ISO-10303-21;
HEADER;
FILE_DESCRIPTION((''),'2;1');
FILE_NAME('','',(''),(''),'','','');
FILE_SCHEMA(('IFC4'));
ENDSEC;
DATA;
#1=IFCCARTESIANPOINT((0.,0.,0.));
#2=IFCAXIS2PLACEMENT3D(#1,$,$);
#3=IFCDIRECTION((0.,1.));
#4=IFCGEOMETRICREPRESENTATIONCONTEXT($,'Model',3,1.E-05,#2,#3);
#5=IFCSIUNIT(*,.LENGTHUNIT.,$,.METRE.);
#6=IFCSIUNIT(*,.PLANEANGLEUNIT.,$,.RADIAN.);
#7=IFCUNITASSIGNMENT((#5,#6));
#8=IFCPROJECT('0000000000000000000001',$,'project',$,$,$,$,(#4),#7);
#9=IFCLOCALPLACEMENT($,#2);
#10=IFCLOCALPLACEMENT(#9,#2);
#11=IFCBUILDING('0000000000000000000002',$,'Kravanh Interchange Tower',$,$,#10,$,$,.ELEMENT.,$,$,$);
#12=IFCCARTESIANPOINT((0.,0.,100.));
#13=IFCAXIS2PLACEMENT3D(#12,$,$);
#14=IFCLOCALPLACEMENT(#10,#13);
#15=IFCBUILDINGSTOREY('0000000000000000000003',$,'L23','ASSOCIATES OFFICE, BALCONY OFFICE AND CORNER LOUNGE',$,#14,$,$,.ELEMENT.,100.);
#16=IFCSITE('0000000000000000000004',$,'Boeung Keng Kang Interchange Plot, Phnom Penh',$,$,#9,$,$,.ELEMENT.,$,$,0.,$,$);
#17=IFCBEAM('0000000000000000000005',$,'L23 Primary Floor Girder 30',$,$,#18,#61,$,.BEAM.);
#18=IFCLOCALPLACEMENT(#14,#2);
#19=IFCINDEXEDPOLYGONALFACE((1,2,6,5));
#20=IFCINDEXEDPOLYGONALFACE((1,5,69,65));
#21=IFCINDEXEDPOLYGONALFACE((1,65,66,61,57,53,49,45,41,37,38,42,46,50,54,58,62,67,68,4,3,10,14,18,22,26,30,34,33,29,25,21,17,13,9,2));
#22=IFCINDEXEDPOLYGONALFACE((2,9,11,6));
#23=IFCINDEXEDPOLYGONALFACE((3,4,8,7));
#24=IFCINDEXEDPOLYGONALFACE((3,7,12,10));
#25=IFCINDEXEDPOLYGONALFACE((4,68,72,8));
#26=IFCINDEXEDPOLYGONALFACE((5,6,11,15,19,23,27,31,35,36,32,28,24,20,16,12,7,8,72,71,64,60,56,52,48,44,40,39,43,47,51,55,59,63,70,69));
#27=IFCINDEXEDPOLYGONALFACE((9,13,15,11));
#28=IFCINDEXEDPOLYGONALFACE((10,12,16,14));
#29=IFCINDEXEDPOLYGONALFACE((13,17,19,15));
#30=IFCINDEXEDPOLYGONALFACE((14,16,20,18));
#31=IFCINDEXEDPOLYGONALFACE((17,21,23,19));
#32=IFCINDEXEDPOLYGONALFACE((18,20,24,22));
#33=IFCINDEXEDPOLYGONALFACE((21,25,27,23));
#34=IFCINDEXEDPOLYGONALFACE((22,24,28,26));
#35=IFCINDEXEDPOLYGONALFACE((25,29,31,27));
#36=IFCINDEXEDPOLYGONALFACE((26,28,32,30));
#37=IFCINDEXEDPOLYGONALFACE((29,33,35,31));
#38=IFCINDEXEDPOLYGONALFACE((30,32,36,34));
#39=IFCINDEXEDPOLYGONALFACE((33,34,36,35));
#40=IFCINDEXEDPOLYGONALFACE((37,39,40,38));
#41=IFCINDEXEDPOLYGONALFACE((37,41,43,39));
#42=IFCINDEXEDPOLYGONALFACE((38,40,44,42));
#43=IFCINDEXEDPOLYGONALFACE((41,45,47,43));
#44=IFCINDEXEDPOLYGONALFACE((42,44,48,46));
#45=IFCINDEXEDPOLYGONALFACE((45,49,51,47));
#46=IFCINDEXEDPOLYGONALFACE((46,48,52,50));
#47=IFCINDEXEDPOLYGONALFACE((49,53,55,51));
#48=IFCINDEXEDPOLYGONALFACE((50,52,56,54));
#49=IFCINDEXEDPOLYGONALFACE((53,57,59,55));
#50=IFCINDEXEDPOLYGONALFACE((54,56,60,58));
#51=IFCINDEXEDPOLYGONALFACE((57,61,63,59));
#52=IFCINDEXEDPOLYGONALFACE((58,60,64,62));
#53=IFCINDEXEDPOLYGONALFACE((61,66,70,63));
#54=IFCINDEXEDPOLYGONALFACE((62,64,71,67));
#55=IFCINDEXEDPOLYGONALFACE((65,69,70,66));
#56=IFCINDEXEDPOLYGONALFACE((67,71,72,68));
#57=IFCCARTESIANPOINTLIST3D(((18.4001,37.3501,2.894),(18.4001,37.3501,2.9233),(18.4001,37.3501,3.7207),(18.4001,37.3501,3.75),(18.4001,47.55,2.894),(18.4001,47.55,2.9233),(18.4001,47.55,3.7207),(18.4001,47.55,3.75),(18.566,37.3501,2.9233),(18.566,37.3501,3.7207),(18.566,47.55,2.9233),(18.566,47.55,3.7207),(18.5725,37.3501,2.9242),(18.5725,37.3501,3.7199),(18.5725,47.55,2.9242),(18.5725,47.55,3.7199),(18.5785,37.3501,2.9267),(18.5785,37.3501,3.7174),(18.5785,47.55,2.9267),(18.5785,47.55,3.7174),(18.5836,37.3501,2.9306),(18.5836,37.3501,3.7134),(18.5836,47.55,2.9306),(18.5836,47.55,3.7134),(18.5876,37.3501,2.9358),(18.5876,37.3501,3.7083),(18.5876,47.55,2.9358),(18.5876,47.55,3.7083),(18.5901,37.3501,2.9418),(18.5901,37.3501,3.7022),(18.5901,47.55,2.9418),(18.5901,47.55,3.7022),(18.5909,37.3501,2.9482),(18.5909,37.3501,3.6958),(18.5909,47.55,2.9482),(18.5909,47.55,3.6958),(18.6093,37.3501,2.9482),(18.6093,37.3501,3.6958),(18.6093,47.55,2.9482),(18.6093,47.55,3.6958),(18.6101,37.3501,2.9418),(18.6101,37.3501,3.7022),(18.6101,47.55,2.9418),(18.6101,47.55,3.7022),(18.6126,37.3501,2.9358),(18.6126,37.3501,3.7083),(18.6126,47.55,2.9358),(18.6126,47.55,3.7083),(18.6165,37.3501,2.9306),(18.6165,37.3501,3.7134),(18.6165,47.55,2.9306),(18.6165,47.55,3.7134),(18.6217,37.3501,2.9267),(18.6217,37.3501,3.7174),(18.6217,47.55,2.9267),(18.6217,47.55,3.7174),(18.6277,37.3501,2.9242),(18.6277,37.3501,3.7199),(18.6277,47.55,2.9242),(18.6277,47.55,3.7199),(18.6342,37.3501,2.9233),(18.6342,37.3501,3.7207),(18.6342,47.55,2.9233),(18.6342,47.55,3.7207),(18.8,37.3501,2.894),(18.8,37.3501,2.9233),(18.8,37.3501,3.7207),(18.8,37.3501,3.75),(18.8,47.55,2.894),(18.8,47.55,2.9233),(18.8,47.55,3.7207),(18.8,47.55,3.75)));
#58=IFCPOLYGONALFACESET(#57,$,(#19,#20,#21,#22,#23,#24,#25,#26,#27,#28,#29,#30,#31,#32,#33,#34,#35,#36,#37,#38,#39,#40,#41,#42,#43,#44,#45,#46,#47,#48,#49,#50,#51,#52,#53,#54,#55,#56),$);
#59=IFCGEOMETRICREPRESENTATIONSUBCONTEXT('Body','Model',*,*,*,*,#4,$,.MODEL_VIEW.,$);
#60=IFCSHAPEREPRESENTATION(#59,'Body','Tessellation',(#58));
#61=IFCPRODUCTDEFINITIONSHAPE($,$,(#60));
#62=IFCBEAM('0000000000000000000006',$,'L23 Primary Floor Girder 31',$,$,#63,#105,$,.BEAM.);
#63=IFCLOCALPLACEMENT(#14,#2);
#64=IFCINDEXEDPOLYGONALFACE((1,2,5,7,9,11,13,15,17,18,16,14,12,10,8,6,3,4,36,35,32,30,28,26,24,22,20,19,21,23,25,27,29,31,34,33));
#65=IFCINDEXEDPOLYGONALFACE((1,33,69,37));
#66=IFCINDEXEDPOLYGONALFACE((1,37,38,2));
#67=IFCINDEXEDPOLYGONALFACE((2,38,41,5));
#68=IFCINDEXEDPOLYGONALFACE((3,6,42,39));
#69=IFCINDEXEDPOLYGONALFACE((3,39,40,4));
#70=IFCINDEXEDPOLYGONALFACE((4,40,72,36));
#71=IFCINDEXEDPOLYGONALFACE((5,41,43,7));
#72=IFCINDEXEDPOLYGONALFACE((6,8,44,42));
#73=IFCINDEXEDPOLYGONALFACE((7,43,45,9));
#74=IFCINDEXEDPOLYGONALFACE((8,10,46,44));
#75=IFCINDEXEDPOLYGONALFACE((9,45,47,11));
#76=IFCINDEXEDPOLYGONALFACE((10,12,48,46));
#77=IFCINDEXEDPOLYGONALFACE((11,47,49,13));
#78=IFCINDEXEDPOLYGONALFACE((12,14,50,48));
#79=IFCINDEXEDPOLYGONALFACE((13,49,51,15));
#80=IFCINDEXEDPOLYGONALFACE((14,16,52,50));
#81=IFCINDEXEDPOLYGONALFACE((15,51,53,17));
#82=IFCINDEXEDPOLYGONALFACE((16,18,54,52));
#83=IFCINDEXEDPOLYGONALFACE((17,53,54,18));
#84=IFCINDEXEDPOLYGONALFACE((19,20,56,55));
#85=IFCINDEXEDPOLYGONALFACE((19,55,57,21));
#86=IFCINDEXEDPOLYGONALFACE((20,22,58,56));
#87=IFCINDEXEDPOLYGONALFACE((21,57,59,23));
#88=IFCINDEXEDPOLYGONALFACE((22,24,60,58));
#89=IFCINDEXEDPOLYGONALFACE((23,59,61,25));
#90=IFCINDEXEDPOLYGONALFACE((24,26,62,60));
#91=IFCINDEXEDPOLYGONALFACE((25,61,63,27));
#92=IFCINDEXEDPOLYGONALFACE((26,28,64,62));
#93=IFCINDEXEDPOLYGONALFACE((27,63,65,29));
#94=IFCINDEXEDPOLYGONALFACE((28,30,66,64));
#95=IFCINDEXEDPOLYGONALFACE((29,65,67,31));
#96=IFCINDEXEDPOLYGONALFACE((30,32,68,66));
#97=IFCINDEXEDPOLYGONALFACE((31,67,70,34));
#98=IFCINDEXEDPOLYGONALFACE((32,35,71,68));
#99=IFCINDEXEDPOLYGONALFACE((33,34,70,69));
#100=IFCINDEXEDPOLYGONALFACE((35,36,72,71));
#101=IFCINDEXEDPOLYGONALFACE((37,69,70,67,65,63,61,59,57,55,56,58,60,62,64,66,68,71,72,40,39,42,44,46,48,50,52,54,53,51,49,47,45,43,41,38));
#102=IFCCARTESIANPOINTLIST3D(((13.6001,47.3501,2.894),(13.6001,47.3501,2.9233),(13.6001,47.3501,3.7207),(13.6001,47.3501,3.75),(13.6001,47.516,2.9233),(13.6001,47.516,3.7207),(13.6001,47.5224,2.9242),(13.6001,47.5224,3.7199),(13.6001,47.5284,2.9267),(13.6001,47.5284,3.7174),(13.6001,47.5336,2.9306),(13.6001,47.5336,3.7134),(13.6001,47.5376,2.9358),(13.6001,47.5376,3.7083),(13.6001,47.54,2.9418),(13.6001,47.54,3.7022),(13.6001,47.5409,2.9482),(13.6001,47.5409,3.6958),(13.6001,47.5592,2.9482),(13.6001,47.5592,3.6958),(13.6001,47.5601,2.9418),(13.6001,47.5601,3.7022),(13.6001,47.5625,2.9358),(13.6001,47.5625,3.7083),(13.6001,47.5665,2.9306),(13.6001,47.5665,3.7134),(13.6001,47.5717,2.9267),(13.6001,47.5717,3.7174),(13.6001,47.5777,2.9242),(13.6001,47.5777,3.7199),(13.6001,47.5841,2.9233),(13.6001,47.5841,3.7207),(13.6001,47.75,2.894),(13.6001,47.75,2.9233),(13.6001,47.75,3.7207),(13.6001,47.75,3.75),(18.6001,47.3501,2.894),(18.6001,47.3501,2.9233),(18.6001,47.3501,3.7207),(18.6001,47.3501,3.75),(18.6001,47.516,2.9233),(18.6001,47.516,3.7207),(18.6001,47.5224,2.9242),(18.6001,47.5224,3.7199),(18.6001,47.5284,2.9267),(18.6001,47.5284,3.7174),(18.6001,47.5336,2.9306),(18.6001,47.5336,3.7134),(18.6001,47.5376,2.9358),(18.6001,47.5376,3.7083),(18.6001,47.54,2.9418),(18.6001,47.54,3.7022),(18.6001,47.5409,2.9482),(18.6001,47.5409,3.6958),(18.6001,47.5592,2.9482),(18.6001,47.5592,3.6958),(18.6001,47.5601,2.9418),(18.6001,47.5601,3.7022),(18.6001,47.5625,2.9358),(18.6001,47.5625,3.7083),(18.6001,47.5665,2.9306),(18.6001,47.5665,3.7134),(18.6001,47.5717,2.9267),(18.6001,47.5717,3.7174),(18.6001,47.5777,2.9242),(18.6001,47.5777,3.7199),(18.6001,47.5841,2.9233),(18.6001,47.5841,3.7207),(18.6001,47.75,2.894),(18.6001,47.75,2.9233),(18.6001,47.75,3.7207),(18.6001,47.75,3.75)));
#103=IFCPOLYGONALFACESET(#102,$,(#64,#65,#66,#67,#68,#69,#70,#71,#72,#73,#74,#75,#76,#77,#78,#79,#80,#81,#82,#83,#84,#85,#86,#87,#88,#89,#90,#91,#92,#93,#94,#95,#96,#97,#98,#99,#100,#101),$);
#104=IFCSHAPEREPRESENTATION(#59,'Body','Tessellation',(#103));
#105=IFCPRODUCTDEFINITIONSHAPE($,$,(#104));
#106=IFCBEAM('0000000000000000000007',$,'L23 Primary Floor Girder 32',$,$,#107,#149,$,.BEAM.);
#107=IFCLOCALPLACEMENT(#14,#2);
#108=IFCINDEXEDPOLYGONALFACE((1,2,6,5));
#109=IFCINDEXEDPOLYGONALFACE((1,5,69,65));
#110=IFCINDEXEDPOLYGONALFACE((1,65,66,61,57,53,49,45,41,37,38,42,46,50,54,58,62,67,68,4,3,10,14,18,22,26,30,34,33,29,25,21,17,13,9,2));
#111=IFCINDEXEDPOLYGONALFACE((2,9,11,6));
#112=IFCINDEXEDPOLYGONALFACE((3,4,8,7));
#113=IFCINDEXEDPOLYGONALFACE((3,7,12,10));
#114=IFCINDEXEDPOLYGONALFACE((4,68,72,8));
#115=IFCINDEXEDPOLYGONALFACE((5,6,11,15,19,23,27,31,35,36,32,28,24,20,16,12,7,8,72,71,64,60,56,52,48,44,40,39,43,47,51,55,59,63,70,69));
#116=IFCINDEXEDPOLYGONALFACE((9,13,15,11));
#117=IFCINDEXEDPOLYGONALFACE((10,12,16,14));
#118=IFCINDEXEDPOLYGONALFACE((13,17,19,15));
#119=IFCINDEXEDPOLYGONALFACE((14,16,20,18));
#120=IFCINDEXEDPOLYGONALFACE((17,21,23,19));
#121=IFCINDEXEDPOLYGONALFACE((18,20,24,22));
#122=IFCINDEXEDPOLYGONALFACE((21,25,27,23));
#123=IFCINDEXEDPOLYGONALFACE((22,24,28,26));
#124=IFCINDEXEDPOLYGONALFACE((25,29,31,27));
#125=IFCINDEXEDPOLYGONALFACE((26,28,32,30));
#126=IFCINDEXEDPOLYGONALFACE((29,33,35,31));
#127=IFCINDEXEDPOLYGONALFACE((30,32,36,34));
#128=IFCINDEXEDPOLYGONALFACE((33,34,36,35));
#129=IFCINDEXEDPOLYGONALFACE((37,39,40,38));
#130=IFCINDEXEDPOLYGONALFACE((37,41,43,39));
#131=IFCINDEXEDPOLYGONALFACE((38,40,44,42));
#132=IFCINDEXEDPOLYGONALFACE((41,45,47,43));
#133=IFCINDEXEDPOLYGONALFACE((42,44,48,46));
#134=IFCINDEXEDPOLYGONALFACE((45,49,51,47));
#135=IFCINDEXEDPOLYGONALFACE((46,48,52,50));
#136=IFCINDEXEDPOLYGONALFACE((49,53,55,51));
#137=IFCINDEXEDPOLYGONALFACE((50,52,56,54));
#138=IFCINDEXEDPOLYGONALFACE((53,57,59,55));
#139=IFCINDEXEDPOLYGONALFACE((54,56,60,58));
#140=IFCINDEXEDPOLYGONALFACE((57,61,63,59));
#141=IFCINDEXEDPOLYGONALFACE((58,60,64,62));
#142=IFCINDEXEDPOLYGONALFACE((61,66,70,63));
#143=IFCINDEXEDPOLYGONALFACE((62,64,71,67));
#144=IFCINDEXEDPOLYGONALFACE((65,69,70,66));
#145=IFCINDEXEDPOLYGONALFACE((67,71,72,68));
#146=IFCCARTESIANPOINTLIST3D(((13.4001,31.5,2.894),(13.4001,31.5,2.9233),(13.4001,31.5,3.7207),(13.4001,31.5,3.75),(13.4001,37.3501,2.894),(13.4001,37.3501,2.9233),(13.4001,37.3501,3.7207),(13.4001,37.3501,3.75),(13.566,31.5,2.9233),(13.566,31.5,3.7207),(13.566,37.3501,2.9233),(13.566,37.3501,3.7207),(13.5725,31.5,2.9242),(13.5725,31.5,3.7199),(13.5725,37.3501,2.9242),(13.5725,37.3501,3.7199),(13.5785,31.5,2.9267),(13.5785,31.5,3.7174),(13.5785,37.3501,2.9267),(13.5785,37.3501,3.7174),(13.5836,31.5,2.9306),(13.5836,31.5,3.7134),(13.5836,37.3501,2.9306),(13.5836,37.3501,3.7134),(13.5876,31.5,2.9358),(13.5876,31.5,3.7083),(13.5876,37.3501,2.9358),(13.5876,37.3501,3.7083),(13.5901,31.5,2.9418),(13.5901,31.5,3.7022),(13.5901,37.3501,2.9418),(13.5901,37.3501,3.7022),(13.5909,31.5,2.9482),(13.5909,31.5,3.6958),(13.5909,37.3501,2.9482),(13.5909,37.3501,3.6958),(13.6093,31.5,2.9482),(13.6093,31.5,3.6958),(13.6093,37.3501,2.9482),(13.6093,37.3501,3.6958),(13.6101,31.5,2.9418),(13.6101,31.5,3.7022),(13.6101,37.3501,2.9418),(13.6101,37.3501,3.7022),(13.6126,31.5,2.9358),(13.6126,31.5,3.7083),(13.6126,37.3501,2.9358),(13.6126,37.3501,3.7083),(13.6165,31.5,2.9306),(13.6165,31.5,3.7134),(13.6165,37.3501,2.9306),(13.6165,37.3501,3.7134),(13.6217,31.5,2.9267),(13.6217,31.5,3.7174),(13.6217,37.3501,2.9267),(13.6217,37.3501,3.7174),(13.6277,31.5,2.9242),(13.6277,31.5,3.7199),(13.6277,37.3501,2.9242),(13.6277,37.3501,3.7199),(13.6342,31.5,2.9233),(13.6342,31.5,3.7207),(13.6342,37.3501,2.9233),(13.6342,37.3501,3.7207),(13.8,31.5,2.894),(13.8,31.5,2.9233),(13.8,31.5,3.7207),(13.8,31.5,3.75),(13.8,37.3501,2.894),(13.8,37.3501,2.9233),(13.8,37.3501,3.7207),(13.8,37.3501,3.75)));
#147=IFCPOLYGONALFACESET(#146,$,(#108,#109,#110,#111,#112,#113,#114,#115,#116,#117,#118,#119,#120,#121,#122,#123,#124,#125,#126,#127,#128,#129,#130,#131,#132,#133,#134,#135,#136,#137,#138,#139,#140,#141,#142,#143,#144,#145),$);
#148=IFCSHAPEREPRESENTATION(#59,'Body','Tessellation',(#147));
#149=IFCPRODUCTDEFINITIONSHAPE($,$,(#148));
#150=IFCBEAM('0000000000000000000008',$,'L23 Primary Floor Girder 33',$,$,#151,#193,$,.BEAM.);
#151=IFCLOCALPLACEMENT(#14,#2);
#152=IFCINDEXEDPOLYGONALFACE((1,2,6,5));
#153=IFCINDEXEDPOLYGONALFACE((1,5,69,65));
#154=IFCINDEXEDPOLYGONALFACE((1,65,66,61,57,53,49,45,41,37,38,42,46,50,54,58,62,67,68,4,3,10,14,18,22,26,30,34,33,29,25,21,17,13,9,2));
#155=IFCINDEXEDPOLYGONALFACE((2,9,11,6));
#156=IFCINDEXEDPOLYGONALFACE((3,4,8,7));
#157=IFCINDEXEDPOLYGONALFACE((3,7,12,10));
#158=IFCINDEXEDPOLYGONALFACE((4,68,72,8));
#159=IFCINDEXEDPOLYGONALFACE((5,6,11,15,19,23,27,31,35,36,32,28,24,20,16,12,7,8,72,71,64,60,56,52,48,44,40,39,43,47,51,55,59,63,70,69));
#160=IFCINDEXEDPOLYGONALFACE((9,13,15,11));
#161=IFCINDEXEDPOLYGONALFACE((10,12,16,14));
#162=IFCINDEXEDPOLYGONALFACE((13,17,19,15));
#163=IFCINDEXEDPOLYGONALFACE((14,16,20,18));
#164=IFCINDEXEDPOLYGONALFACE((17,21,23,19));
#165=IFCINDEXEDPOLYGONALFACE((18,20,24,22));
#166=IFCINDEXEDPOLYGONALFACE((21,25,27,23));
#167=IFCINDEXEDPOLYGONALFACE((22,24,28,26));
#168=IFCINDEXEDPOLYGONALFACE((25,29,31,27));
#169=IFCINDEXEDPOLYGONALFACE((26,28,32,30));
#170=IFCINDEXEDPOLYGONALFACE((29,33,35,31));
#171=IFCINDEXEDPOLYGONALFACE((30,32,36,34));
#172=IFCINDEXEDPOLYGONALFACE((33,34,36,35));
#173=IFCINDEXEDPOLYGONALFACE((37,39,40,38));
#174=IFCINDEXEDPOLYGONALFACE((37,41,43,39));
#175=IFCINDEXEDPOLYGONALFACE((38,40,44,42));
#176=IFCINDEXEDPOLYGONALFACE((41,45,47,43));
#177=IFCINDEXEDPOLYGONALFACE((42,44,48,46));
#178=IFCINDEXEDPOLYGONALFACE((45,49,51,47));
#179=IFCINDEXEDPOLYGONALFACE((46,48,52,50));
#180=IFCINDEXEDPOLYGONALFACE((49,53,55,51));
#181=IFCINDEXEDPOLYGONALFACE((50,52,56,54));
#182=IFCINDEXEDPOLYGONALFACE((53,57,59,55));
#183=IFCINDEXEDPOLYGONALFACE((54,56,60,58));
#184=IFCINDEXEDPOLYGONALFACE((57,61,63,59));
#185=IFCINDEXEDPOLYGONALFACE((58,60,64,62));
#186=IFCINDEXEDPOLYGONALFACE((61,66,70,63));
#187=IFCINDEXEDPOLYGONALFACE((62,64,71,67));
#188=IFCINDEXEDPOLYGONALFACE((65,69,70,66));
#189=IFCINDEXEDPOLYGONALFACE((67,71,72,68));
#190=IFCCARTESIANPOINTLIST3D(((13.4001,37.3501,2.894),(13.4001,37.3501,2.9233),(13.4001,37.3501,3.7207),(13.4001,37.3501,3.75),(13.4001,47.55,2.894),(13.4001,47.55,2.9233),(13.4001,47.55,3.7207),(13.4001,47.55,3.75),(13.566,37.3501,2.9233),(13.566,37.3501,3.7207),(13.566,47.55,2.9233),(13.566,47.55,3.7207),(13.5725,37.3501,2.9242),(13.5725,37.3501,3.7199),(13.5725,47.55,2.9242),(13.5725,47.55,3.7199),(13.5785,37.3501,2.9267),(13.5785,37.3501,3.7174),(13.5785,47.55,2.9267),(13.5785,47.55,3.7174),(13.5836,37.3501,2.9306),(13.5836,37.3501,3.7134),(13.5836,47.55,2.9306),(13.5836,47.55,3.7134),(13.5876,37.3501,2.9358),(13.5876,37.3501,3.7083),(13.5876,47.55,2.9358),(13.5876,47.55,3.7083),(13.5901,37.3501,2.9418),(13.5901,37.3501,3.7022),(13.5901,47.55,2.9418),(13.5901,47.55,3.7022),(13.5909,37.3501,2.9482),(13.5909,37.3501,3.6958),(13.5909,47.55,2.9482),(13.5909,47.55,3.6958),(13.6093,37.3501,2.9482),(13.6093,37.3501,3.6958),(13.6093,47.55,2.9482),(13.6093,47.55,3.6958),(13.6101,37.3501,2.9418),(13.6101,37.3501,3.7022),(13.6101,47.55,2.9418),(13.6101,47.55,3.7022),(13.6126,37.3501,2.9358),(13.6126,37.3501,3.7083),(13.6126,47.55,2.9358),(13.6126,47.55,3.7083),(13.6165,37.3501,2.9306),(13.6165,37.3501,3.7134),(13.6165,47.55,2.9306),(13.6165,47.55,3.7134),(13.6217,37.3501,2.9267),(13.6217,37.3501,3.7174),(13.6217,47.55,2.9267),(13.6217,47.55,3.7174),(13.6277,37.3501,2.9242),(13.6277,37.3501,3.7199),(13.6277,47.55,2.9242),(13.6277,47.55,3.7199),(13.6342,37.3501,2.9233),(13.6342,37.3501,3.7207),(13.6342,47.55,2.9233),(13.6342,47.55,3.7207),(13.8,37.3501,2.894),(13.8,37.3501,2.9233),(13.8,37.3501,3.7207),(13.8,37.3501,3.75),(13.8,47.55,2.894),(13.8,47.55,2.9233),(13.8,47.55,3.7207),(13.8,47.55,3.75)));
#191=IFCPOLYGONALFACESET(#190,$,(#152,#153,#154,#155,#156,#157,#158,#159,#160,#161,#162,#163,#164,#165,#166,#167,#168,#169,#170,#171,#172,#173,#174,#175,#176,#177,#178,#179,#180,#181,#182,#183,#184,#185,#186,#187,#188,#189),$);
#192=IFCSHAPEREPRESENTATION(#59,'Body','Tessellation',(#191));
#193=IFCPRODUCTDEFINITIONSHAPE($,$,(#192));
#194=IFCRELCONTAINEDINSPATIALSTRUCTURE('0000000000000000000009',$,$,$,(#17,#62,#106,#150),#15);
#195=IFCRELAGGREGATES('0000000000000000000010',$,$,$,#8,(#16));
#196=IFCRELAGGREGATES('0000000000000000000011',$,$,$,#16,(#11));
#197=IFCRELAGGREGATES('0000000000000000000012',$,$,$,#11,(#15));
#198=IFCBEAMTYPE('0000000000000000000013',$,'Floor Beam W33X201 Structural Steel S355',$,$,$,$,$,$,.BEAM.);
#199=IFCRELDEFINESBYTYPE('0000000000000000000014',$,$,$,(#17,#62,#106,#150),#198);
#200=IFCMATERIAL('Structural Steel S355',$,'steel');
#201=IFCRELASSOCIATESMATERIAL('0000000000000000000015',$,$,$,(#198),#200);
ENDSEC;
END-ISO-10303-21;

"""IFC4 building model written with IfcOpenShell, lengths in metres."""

from ifc_helpers import new_model, si_unit, direction, frame, origin, origin_2d, place, context, subcontext, project, spatial, i_section, extrude, material, material_profile, profile_set, type_object, element, save


model = new_model("IFC4")

# Units and contexts
model_context = context("Model", 3, precision=1e-05, world=origin(), true_north=direction((0.0, 1.0)))
body_context = subcontext(model_context, "Body", "Model", "MODEL_VIEW")
ifc_project = project(units=[si_unit("LENGTHUNIT", "METRE"), si_unit("PLANEANGLEUNIT", "RADIAN")], contexts=[model_context])

# Site, building, storey
site_placement = place(None, origin())
site = spatial("IfcSite", under=ifc_project, at=site_placement, Name="Boeung Keng Kang Interchange Plot, Phnom Penh", CompositionType="ELEMENT", RefElevation=0.0)
building_placement = place(site_placement, origin())
building = spatial("IfcBuilding", under=site, at=building_placement, Name="Kravanh Interchange Tower", CompositionType="ELEMENT")
storey_placement = place(building_placement, frame((0.0, 0.0, 100.0)))
storey = spatial("IfcBuildingStorey", under=building, at=storey_placement, Name="L23", Description="ASSOCIATES OFFICE, BALCONY OFFICE AND CORNER LOUNGE", CompositionType="ELEMENT", Elevation=100.0)

# Beams
ifc_material_1 = material(Name="Structural Steel S355", Category="steel")
ifc_material_profile_1 = material_profile(ifc_material_1, i_section(OverallWidth=0.3999, OverallDepth=0.856, WebThickness=0.0183, FlangeThickness=0.0293, FilletRadius=0.0249, at=origin_2d()), Name="W33X201")
ifc_profile_set_1 = profile_set([ifc_material_profile_1], Name="Structural Steel S355")
beam_type = type_object("IfcBeamType", Name="Floor Beam W33X201 Structural Steel S355", PredefinedType="BEAM", material=ifc_profile_set_1)
beam_1_placement = place(storey_placement, frame((18.6001, 37.3501, 3.322), z_axis=(0.0, 1.0, 0.0), x_axis=(-1.0, 0.0, 0.0)))
element("IfcBeam", 1, at=beam_1_placement, inside=storey, type_object=beam_type, Name="L23 Primary Floor Girder 30", PredefinedType="BEAM", context=body_context, shape_type="SweptSolid", body=[
    extrude(i_section(OverallWidth=0.3999, OverallDepth=0.856, WebThickness=0.0183, FlangeThickness=0.0293, FilletRadius=0.0249, at=origin_2d()), origin(), (0.0, 0.0, 1.0), 10.2),
])
beam_2_placement = place(storey_placement, frame((18.6001, 47.55, 3.322), z_axis=(-1.0, 0.0, 0.0), x_axis=(0.0, -1.0, 0.0)))
element("IfcBeam", 2, at=beam_2_placement, inside=storey, type_object=beam_type, Name="L23 Primary Floor Girder 31", PredefinedType="BEAM", context=body_context, shape_type="SweptSolid", body=[
    extrude(i_section(OverallWidth=0.3999, OverallDepth=0.856, WebThickness=0.0183, FlangeThickness=0.0293, FilletRadius=0.0249, at=origin_2d()), origin(), (0.0, 0.0, 1.0), 5.0),
])
beam_3_placement = place(storey_placement, frame((13.6001, 37.3501, 3.322), z_axis=(0.0, -1.0, 0.0), x_axis=(1.0, 0.0, 0.0)))
element("IfcBeam", 3, at=beam_3_placement, inside=storey, type_object=beam_type, Name="L23 Primary Floor Girder 32", PredefinedType="BEAM", context=body_context, shape_type="SweptSolid", body=[
    extrude(i_section(OverallWidth=0.3999, OverallDepth=0.856, WebThickness=0.0183, FlangeThickness=0.0293, FilletRadius=0.0249, at=origin_2d()), origin(), (0.0, 0.0, 1.0), 5.8501),
])
beam_4_placement = place(storey_placement, frame((13.6001, 37.3501, 3.322), z_axis=(0.0, 1.0, 0.0), x_axis=(-1.0, 0.0, 0.0)))
element("IfcBeam", 4, at=beam_4_placement, inside=storey, type_object=beam_type, Name="L23 Primary Floor Girder 33", PredefinedType="BEAM", context=body_context, shape_type="SweptSolid", body=[
    extrude(i_section(OverallWidth=0.3999, OverallDepth=0.856, WebThickness=0.0183, FlangeThickness=0.0293, FilletRadius=0.0249, at=origin_2d()), origin(), (0.0, 0.0, 1.0), 10.2),
])

save(model, "model.ifc")
